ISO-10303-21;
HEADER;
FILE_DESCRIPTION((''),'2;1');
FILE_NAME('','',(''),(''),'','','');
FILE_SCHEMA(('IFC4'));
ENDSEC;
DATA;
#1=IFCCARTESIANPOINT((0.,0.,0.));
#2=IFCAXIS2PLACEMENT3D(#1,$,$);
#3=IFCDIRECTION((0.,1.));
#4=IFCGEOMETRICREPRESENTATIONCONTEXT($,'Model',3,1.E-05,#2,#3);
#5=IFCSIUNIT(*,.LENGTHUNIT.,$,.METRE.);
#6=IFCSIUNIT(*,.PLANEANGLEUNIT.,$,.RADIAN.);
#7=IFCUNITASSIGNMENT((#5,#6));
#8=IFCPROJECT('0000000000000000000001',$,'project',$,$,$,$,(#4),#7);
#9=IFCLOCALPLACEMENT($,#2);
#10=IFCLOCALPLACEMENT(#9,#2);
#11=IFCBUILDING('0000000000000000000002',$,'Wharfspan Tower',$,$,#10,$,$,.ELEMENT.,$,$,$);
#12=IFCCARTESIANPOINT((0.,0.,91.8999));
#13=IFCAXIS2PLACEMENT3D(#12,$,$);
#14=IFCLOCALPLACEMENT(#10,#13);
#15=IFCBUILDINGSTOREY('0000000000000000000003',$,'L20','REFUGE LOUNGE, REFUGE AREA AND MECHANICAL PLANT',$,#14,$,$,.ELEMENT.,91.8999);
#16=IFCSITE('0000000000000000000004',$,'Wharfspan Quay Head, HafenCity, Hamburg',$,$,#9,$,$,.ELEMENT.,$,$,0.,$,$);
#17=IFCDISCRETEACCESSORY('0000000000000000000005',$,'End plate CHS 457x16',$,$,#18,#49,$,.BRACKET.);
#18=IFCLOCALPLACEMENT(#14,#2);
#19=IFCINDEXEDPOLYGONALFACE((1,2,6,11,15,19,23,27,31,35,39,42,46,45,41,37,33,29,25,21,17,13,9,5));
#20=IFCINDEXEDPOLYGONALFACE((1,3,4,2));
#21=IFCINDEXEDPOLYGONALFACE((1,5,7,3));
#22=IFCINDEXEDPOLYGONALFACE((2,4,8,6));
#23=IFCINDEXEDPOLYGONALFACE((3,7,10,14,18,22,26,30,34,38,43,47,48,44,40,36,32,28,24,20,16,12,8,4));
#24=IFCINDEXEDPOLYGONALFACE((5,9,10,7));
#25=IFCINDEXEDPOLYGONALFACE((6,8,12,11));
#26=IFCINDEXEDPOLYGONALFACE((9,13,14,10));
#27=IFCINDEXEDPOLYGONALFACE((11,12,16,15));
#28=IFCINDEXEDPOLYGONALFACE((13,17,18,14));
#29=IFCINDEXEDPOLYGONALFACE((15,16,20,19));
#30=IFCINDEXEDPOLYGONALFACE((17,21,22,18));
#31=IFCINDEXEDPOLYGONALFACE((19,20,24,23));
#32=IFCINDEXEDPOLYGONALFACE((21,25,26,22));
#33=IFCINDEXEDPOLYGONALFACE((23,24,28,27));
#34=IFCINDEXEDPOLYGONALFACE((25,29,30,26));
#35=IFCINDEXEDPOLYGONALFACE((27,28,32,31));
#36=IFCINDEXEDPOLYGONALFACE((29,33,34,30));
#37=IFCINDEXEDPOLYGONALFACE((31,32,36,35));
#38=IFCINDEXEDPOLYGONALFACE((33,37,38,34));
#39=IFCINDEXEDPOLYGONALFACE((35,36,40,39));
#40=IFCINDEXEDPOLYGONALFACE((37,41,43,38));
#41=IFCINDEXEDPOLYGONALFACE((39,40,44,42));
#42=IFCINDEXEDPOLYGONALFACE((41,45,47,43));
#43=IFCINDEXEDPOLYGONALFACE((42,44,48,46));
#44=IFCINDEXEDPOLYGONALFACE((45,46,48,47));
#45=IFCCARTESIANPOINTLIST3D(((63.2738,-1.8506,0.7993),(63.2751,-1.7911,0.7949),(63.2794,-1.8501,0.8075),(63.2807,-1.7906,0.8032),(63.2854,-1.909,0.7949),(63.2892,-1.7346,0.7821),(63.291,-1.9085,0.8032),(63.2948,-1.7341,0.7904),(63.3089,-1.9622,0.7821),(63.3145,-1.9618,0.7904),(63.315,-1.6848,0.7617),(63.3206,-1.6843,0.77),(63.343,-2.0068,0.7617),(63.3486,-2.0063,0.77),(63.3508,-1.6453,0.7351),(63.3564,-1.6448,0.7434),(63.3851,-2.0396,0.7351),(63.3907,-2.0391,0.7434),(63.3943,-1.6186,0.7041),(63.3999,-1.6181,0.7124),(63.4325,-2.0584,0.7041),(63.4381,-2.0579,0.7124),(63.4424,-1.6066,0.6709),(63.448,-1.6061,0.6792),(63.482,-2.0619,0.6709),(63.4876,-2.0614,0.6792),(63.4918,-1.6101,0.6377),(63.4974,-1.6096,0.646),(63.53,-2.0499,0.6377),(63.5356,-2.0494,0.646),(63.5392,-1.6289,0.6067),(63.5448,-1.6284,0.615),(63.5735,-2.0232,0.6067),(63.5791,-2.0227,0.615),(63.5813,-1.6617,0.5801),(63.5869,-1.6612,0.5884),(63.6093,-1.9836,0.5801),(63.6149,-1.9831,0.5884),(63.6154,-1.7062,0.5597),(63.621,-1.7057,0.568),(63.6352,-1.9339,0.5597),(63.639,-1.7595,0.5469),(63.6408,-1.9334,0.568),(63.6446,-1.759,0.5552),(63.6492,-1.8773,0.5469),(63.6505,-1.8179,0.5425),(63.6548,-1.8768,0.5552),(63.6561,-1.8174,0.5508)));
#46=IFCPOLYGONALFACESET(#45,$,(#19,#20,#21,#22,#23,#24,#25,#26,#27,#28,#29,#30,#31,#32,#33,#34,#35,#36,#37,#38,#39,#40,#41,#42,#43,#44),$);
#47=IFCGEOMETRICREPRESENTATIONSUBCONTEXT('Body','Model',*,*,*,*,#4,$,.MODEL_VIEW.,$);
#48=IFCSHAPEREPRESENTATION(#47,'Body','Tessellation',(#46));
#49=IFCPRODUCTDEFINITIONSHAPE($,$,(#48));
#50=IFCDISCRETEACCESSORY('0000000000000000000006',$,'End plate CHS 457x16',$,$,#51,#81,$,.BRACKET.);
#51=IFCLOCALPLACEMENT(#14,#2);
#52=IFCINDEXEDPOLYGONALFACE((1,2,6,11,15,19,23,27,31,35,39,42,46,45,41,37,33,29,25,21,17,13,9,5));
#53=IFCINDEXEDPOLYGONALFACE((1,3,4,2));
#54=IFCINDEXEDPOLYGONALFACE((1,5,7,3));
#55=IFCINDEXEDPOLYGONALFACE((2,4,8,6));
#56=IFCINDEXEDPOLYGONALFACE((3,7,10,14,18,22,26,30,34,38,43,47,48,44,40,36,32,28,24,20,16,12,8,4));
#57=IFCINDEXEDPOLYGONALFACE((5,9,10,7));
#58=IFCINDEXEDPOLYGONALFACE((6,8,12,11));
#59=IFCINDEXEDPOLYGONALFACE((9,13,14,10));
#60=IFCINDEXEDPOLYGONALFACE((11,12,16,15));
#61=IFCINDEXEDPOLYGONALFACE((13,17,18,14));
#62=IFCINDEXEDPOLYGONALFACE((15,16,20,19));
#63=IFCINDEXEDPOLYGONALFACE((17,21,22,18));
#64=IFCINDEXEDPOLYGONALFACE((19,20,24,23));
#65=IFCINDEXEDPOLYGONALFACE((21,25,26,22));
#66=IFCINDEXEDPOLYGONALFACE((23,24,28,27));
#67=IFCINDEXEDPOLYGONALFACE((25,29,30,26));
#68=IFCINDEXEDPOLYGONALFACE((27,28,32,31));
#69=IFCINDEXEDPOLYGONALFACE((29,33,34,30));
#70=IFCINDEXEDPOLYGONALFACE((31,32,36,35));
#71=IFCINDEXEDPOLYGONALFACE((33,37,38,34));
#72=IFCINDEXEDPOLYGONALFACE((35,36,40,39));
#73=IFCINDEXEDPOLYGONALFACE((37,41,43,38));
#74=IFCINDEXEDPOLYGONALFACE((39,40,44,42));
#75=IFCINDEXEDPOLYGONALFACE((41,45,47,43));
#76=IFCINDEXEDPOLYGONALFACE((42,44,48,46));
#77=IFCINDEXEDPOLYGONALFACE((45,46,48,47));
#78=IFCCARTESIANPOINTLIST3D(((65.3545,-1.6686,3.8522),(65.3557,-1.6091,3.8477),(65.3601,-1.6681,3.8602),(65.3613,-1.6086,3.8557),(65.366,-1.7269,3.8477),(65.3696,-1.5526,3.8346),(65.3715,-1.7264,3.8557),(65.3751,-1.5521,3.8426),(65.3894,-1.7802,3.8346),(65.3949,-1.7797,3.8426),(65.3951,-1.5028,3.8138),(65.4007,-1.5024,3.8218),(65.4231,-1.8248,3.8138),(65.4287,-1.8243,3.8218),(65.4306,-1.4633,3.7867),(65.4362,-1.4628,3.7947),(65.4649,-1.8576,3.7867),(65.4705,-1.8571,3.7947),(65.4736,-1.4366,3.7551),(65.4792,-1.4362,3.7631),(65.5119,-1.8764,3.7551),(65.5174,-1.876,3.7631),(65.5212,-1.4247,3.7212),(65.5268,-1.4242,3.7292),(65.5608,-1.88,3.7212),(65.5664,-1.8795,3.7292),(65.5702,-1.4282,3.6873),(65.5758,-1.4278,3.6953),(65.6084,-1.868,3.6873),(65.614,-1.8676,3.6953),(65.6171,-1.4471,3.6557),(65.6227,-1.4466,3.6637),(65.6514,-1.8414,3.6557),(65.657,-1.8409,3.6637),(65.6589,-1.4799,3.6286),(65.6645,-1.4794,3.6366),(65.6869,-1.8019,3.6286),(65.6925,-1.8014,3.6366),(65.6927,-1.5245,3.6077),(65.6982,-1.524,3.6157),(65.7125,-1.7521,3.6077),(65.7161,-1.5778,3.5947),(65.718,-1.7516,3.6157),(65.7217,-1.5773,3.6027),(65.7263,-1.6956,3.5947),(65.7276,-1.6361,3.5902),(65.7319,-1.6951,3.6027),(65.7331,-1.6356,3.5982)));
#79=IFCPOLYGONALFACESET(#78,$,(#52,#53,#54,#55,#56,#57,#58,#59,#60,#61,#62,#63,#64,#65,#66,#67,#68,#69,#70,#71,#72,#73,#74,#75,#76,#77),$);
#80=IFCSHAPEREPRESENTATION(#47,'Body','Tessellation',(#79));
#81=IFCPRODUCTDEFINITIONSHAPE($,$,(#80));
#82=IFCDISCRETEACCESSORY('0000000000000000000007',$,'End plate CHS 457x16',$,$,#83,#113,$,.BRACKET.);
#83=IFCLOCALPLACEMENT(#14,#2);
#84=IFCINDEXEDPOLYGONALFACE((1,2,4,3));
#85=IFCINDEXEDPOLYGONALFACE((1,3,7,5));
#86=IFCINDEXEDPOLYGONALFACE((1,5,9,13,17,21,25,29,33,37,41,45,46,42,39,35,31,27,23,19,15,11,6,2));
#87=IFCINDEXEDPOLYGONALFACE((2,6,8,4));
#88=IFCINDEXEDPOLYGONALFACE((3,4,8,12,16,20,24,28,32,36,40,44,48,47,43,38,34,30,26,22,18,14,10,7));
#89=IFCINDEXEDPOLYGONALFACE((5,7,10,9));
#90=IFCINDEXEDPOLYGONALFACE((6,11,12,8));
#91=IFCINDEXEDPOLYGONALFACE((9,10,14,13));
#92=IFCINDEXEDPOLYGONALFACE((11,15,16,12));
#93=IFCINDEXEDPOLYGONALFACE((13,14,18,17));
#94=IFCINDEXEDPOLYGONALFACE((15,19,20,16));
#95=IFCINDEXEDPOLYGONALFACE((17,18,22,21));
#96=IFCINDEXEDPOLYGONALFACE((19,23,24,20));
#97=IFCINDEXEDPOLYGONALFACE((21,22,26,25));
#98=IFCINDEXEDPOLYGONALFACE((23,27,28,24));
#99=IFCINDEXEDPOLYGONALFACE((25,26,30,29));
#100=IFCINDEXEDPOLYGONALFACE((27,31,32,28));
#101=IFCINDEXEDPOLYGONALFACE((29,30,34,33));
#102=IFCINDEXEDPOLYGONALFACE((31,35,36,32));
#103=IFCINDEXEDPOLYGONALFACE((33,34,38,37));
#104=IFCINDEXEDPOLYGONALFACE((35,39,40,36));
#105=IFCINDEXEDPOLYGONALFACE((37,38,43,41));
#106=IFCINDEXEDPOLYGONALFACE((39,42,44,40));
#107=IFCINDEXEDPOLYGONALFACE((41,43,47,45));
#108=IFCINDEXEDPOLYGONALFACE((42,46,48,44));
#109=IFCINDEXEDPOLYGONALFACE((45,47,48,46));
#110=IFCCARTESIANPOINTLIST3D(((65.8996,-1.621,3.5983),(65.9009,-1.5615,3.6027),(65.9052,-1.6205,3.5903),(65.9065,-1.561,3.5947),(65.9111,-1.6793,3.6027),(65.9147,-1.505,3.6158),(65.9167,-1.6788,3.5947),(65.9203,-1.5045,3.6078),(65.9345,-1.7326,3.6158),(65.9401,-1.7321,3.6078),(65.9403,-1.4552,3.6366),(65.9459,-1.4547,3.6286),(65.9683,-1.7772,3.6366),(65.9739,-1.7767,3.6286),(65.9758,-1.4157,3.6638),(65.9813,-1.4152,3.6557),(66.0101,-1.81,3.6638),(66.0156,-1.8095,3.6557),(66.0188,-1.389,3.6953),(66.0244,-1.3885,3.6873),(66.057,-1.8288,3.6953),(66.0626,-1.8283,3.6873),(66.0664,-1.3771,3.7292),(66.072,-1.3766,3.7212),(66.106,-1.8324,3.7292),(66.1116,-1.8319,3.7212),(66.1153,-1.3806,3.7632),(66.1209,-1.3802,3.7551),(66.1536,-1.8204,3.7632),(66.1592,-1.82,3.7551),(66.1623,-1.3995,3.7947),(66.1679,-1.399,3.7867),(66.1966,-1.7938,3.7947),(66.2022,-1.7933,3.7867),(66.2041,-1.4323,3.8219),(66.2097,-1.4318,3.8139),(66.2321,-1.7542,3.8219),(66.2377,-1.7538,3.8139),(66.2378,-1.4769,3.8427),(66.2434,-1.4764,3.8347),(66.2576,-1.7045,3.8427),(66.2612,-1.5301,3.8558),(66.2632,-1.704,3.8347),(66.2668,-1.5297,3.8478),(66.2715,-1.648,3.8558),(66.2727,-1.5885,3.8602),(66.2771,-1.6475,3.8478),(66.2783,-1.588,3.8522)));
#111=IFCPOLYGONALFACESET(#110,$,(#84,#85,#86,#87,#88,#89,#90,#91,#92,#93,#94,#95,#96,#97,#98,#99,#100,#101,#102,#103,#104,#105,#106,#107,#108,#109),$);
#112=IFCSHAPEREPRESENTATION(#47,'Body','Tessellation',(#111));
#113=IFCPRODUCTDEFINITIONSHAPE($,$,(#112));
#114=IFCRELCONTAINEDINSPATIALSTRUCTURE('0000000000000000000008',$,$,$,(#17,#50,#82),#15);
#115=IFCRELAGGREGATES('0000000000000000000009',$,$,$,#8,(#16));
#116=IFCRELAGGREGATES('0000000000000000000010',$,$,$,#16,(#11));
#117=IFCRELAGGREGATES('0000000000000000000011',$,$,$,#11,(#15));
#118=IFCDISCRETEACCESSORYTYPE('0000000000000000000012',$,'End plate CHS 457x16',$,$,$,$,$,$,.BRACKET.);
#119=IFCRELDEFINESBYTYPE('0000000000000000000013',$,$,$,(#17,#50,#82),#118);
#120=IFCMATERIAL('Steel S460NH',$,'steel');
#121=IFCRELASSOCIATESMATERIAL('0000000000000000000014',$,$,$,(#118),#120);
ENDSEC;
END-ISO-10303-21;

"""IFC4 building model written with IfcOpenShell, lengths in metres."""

from ifc_helpers import new_model, si_unit, direction, frame, origin, origin_2d, place, context, subcontext, project, spatial, circle, extrude, material, material_profile, profile_set, type_object, element, save


model = new_model("IFC4")

# Units and contexts
model_context = context("Model", 3, precision=1e-05, world=origin(), true_north=direction((0.0, 1.0)))
body_context = subcontext(model_context, "Body", "Model", "MODEL_VIEW")
ifc_project = project(units=[si_unit("LENGTHUNIT", "METRE"), si_unit("PLANEANGLEUNIT", "RADIAN")], contexts=[model_context])

# Site, building, storey
site_placement = place(None, origin())
site = spatial("IfcSite", under=ifc_project, at=site_placement, Name="Wharfspan Quay Head, HafenCity, Hamburg", CompositionType="ELEMENT", RefElevation=0.0)
building_placement = place(site_placement, origin())
building = spatial("IfcBuilding", under=site, at=building_placement, Name="Wharfspan Tower", CompositionType="ELEMENT")
storey_placement = place(building_placement, frame((0.0, 0.0, 91.8999)))
storey = spatial("IfcBuildingStorey", under=building, at=storey_placement, Name="L20", Description="REFUGE LOUNGE, REFUGE AREA AND MECHANICAL PLANT", CompositionType="ELEMENT", Elevation=91.8999)

# Shared definitions
ifc_material_1 = material(Name="Steel S460NH", Category="steel")

# Discrete accessories
ifc_material_profile_1 = material_profile(ifc_material_1, circle(Radius=0.2285, at=origin_2d()))
ifc_profile_set_1 = profile_set([ifc_material_profile_1], Name="Steel S460NH")
discrete_accessory_type = type_object("IfcDiscreteAccessoryType", Name="End plate CHS 457x16", PredefinedType="BRACKET", material=ifc_profile_set_1)
for number, where, z_axis, x_axis, name in (
    (1, (63.4622, -1.8342, 0.6709), (0.559645, 0.048665, 0.827302), (-0.086627, 0.99624, -0.000002), "End plate CHS 457x16"),
):
    element("IfcDiscreteAccessory", number, at=place(storey_placement, frame(where, z_axis=z_axis, x_axis=x_axis)), inside=storey, type_object=discrete_accessory_type, Name=name, PredefinedType="BRACKET", context=body_context, shape_type="SweptSolid", body=[
        extrude(circle(Radius=0.2285, at=origin_2d()), origin(), (0.0, 0.0, 1.0), 0.01),
    ])
for number, where, z_axis, x_axis, name in (
    (2, (65.541, -1.6523, 3.7212), (0.571087, 0.04966, 0.819386), (-0.08663, 0.99624, 0.0), "End plate CHS 457x16"),
    (3, (66.0862, -1.6047, 3.7292), (0.571087, 0.04966, -0.819386), (-0.08663, 0.99624, 0.0), "End plate CHS 457x16"),
):
    element("IfcDiscreteAccessory", number, at=place(storey_placement, frame(where, z_axis=z_axis, x_axis=x_axis)), inside=storey, type_object=discrete_accessory_type, Name=name, PredefinedType="BRACKET", context=body_context, shape_type="SweptSolid", body=[
        extrude(circle(Radius=0.2285, at=origin_2d()), origin(), (0.0, 0.0, 1.0), 0.0098),
    ])

save(model, "model.ifc")
